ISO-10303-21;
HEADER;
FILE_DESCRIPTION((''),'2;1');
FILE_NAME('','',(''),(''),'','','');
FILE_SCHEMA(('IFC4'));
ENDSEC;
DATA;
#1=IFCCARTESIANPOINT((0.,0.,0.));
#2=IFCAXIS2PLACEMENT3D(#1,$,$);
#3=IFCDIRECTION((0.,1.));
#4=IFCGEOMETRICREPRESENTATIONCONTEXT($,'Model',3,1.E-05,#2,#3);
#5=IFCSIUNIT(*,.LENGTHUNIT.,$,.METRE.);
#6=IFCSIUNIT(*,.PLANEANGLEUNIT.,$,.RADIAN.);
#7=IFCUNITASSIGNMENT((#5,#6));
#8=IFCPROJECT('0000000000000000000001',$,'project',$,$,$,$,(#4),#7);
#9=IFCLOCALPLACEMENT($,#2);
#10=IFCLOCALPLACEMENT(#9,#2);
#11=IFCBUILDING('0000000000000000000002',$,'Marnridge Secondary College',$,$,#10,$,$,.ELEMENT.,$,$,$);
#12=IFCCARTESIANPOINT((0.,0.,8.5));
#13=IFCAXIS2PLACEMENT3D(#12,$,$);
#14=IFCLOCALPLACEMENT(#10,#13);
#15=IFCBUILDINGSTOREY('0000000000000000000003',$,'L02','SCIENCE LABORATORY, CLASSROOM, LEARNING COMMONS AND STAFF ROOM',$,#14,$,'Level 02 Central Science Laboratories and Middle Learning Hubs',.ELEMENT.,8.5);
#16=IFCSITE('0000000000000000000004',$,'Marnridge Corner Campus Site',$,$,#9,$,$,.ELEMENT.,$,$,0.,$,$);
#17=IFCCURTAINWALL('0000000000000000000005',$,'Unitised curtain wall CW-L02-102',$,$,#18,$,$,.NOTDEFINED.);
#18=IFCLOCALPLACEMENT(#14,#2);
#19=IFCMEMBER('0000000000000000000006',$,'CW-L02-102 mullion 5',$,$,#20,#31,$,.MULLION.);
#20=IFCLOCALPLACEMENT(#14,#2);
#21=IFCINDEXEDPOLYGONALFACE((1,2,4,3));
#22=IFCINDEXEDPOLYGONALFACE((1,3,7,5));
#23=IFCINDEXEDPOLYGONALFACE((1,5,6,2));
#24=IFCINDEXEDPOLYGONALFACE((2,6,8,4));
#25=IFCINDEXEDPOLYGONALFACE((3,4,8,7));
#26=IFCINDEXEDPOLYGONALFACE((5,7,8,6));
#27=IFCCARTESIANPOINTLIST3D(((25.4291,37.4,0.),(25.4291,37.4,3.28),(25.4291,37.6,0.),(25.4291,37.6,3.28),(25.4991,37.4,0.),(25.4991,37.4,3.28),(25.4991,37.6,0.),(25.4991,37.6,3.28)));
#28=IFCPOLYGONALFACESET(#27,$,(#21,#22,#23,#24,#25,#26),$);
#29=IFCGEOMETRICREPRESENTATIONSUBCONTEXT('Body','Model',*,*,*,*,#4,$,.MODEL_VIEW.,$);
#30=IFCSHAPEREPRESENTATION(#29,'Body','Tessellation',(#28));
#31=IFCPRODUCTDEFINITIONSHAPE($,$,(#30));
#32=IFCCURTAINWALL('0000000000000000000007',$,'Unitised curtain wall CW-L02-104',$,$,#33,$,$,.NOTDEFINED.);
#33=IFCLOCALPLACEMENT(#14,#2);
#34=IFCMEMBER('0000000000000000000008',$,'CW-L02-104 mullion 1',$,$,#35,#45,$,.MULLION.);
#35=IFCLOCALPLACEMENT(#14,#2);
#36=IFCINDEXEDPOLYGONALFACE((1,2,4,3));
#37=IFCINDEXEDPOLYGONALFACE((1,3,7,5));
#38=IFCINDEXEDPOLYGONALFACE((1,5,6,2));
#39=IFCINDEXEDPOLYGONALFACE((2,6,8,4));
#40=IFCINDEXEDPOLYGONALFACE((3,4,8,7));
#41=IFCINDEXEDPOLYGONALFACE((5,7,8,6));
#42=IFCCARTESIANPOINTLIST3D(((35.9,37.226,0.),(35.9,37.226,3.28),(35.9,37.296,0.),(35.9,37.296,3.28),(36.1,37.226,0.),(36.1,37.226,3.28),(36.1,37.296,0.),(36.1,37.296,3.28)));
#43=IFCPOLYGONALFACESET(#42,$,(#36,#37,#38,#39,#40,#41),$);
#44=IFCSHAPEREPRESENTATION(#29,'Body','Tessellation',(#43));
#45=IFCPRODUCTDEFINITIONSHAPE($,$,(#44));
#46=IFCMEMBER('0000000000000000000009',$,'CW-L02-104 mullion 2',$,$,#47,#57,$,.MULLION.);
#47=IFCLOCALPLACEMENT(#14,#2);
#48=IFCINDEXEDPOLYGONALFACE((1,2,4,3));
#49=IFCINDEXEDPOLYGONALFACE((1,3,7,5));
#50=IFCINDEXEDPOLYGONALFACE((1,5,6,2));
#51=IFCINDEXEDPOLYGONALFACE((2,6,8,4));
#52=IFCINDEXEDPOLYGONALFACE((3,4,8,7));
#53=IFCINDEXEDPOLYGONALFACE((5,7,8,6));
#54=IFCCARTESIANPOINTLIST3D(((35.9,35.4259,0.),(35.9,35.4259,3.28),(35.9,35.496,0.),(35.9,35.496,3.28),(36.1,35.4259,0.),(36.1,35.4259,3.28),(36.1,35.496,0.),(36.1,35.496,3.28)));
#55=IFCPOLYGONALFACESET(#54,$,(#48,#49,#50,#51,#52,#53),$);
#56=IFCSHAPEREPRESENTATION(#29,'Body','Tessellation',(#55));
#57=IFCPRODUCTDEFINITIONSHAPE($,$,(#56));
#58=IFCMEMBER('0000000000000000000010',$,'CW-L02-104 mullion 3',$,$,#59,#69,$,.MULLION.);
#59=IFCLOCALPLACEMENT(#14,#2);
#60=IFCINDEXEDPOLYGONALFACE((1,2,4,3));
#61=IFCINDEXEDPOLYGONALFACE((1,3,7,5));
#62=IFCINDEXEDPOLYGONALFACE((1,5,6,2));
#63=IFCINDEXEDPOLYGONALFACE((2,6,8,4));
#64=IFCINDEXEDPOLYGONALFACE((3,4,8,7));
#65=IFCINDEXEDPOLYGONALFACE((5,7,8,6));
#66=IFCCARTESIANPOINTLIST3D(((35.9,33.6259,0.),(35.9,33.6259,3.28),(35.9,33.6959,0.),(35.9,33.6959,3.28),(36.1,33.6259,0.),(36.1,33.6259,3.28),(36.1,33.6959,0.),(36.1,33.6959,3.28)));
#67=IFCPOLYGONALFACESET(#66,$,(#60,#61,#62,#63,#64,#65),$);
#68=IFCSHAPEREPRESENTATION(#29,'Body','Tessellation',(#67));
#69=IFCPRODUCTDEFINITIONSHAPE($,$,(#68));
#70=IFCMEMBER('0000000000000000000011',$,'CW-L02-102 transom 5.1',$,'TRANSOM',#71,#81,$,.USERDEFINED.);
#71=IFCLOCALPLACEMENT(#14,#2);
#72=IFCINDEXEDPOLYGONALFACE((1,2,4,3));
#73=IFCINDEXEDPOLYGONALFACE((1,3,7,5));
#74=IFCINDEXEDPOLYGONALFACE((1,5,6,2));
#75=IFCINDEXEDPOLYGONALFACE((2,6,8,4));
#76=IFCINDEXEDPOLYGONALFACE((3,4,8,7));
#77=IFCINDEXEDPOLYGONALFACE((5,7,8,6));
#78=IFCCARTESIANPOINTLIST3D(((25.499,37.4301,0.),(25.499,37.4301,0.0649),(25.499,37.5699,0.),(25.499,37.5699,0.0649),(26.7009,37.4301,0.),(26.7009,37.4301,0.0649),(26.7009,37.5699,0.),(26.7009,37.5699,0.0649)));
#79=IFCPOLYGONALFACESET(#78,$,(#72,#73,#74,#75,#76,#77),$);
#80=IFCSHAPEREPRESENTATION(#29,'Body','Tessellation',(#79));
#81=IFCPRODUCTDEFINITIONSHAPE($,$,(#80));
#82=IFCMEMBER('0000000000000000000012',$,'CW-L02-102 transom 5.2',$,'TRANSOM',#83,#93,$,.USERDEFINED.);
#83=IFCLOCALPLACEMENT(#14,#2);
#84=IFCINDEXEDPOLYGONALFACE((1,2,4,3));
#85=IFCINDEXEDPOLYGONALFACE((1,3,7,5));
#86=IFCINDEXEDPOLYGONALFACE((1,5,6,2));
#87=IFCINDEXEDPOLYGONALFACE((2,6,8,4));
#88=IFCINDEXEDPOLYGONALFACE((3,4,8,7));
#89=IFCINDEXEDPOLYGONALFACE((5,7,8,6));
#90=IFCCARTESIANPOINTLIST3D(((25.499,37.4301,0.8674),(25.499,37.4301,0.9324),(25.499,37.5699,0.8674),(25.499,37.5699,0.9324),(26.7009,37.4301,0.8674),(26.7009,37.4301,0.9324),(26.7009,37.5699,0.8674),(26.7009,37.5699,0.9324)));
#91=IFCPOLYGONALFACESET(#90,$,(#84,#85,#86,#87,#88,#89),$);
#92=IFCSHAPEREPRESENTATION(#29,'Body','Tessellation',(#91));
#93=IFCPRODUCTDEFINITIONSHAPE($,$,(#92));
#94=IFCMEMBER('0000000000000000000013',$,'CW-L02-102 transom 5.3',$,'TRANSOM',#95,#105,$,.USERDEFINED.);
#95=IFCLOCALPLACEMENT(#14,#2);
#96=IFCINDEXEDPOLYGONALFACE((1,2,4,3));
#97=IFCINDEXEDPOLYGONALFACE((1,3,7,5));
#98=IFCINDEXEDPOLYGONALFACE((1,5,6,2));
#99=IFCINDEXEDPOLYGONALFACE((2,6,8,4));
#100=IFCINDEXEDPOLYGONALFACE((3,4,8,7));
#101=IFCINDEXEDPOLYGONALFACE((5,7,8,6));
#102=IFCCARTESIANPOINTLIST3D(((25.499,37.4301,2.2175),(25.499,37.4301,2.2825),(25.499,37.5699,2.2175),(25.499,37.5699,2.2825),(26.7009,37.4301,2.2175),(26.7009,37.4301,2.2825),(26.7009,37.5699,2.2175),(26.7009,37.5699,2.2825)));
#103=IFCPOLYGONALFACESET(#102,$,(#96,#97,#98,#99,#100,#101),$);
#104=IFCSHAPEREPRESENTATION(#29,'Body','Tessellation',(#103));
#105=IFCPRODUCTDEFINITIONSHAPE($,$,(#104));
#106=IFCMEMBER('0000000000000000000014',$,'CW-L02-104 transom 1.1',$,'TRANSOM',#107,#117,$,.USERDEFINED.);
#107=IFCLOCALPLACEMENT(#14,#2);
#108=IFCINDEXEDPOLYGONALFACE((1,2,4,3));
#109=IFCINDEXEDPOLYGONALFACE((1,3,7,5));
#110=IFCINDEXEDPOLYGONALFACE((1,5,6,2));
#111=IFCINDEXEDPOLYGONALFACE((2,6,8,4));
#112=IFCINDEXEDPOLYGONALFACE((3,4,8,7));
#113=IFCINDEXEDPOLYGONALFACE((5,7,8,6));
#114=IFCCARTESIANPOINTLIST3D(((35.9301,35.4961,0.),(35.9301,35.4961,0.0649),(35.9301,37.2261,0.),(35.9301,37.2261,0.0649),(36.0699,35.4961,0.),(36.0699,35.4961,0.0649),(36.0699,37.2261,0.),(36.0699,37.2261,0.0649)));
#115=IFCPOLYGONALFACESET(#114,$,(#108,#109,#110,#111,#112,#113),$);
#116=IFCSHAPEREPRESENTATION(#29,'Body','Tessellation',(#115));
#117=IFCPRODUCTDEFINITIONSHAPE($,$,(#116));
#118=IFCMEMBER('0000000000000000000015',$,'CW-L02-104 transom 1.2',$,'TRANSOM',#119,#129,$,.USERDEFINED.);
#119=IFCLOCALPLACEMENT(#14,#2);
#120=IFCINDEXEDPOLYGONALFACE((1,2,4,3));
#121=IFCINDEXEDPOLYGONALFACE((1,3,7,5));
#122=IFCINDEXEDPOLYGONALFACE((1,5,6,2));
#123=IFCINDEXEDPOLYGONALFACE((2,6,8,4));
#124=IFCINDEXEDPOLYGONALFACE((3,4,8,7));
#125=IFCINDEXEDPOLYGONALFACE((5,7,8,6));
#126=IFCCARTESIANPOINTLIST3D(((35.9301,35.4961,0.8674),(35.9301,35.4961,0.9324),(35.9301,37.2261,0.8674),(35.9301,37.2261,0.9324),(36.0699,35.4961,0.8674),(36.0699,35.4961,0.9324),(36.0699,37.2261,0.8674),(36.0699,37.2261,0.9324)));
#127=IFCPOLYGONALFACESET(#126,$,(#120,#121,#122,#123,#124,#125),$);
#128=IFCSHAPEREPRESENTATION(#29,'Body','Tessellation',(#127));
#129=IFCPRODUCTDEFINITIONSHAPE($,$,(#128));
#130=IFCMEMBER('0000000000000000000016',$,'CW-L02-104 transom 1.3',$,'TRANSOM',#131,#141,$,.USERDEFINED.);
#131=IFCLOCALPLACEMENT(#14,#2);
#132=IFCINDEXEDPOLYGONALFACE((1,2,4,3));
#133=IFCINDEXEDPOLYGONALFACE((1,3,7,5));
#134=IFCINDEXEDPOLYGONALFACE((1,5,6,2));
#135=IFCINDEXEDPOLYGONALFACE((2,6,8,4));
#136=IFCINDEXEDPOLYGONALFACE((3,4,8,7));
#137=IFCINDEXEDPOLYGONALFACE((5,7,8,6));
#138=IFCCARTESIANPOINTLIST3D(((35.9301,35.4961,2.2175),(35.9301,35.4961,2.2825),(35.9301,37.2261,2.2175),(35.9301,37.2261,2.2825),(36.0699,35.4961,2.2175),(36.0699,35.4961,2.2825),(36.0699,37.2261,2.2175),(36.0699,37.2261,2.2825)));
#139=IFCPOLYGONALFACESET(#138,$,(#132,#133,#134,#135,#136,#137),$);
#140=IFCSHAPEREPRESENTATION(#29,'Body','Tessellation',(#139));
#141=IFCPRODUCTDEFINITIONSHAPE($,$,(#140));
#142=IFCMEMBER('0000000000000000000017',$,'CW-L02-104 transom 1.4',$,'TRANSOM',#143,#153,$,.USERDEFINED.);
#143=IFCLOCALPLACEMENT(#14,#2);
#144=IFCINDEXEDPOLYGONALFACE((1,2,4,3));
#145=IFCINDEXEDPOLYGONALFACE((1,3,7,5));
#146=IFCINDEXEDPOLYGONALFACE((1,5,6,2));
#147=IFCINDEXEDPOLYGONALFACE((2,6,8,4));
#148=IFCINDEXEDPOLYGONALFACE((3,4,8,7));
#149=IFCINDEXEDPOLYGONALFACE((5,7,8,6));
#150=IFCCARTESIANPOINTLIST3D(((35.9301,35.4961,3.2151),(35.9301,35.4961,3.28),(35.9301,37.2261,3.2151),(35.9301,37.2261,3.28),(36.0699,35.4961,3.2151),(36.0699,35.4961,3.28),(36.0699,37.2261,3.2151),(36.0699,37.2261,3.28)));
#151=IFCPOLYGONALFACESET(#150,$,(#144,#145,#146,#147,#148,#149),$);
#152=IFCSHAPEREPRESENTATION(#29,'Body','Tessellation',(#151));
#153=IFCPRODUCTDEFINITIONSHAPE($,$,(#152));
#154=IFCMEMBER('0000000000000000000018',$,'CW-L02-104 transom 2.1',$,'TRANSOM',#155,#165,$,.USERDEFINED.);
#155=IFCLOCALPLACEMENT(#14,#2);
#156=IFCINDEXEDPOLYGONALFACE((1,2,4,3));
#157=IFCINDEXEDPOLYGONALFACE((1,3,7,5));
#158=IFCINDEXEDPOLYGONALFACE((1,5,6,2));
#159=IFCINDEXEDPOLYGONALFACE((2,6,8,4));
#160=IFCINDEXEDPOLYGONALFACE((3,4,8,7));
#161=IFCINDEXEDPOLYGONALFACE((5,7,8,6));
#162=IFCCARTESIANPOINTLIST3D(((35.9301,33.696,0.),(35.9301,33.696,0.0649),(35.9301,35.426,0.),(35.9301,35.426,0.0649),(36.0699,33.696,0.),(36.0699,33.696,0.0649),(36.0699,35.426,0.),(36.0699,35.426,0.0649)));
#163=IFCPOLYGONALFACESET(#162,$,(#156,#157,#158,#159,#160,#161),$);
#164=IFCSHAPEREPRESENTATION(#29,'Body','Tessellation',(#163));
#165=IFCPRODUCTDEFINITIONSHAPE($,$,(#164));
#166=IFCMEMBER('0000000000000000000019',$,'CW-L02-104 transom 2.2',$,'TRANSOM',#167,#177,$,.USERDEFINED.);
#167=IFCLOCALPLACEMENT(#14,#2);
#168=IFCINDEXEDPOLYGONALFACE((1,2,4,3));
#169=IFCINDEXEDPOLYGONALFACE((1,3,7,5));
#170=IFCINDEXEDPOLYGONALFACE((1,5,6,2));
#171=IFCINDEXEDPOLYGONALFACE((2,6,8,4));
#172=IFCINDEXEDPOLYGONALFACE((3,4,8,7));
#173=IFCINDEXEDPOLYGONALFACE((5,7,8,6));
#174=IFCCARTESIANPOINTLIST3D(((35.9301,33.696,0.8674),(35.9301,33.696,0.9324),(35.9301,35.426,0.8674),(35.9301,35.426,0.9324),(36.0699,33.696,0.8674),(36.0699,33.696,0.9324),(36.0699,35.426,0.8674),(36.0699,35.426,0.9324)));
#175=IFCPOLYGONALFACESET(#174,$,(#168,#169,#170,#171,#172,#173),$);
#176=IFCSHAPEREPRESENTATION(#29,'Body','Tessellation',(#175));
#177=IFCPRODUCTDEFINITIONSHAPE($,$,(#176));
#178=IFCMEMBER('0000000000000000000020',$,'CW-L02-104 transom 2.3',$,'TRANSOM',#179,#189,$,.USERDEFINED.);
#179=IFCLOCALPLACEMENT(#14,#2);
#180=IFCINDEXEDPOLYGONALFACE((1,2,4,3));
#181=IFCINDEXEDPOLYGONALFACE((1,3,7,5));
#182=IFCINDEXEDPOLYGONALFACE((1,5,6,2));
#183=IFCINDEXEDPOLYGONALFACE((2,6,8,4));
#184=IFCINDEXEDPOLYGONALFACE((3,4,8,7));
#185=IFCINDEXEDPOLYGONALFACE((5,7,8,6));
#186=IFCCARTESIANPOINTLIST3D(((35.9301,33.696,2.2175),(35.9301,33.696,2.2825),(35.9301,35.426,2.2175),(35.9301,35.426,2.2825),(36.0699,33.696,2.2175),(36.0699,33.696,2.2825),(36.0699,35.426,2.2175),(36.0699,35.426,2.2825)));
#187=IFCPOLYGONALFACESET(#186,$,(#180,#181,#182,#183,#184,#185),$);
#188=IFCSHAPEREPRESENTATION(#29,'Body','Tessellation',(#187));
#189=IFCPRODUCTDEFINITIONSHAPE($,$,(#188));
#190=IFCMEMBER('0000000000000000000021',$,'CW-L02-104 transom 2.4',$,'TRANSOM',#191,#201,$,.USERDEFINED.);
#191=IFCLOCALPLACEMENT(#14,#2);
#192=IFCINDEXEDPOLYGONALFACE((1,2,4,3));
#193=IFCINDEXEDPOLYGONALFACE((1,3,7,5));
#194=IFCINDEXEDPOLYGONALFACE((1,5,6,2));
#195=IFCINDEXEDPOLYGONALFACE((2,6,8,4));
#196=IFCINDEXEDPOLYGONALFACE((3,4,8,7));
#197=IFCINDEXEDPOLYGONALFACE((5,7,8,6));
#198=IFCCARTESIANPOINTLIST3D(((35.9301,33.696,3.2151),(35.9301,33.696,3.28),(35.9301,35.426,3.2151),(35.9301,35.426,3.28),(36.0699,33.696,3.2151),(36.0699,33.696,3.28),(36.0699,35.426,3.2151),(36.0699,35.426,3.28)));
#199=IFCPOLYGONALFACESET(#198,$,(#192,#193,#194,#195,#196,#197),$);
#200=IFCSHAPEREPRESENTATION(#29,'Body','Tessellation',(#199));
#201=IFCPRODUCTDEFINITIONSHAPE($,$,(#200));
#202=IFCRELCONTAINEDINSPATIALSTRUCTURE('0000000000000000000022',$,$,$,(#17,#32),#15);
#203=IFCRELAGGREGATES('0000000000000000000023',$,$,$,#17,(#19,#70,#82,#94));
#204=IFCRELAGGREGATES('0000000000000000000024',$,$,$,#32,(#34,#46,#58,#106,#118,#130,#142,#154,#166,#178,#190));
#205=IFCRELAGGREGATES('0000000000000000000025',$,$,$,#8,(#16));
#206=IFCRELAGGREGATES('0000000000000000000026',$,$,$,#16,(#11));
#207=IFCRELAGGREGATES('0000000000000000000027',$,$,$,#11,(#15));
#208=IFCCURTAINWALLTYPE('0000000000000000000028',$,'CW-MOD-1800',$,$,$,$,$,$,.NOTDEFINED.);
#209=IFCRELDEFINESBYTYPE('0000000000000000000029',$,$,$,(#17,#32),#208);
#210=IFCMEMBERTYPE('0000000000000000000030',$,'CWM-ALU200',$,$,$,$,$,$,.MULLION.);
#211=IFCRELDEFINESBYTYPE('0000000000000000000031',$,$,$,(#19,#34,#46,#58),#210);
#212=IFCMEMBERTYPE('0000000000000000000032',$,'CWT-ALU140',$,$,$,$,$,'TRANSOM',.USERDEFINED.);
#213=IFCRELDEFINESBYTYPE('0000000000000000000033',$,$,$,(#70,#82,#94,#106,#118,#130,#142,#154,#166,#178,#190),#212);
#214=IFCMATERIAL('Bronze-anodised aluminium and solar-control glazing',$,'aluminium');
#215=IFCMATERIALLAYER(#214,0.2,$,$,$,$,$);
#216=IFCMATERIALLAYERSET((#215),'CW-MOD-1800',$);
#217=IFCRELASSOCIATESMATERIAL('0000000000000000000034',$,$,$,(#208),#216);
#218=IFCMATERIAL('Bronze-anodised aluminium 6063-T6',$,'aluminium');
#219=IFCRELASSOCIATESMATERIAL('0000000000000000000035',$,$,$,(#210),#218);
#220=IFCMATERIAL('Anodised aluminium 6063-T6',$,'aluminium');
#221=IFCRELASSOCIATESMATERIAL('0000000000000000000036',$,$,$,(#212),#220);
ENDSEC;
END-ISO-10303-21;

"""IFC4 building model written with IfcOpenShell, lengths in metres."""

from ifc_helpers import new_model, si_unit, direction, frame, origin, origin_2d, place, context, subcontext, project, spatial, rectangle, extrude, material, layer, layer_set, material_profile, profile_set, type_object, element, aggregate, save


model = new_model("IFC4")

# Units and contexts
model_context = context("Model", 3, precision=1e-05, world=origin(), true_north=direction((0.0, 1.0)))
body_context = subcontext(model_context, "Body", "Model", "MODEL_VIEW")
ifc_project = project(units=[si_unit("LENGTHUNIT", "METRE"), si_unit("PLANEANGLEUNIT", "RADIAN")], contexts=[model_context])

# Site, building, storey
site_placement = place(None, origin())
site = spatial("IfcSite", under=ifc_project, at=site_placement, Name="Marnridge Corner Campus Site", CompositionType="ELEMENT", RefElevation=0.0)
building_placement = place(site_placement, origin())
building = spatial("IfcBuilding", under=site, at=building_placement, Name="Marnridge Secondary College", CompositionType="ELEMENT")
storey_placement = place(building_placement, frame((0.0, 0.0, 8.5)))
storey = spatial("IfcBuildingStorey", under=building, at=storey_placement, Name="L02", Description="SCIENCE LABORATORY, CLASSROOM, LEARNING COMMONS AND STAFF ROOM", LongName="Level 02 Central Science Laboratories and Middle Learning Hubs", CompositionType="ELEMENT", Elevation=8.5)

# Curtain wall, member
ifc_material_1 = material(Name="Bronze-anodised aluminium and solar-control glazing", Category="aluminium")
ifc_layer_1 = layer(ifc_material_1, 0.2)
ifc_layer_set_1 = layer_set([ifc_layer_1], Name="CW-MOD-1800")
curtain_wall_type = type_object("IfcCurtainWallType", Name="CW-MOD-1800", PredefinedType="NOTDEFINED", material=ifc_layer_set_1)
curtain_wall_1_placement = place(storey_placement, origin())
curtain_wall_1 = element("IfcCurtainWall", 1, at=curtain_wall_1_placement, inside=storey, type_object=curtain_wall_type, Name="Unitised curtain wall CW-L02-102", PredefinedType="NOTDEFINED")
ifc_material_2 = material(Name="Bronze-anodised aluminium 6063-T6", Category="aluminium")
ifc_material_profile_1 = material_profile(ifc_material_2, rectangle(XDim=0.0701, YDim=0.2, at=origin_2d()), Name="ALU 70x200")
ifc_profile_set_1 = profile_set([ifc_material_profile_1], Name="Bronze-anodised aluminium 6063-T6")
member_type_1 = type_object("IfcMemberType", Name="CWM-ALU200", PredefinedType="MULLION", material=ifc_profile_set_1)
member_1_placement = place(storey_placement, frame((25.4641, 37.5, 0.0), z_axis=(0.0, 0.0, 1.0), x_axis=(1.0, 0.0, 0.0)))
member_1 = element("IfcMember", 2, at=member_1_placement, type_object=member_type_1, Name="CW-L02-102 mullion 5", PredefinedType="MULLION", context=body_context, shape_type="SweptSolid", body=[
    extrude(rectangle(XDim=0.0701, YDim=0.2, at=origin_2d()), origin(), (0.0, 0.0, 1.0), 3.28),
])

# Curtain wall, members
curtain_wall_2_placement = place(storey_placement, origin())
curtain_wall_2 = element("IfcCurtainWall", 3, at=curtain_wall_2_placement, inside=storey, type_object=curtain_wall_type, Name="Unitised curtain wall CW-L02-104", PredefinedType="NOTDEFINED")
member_2_placement = place(storey_placement, frame((36.0, 37.261, 0.0), z_axis=(0.0, 0.0, 1.0), x_axis=(0.0, -1.0, 0.0)))
member_2 = element("IfcMember", 4, at=member_2_placement, type_object=member_type_1, Name="CW-L02-104 mullion 1", PredefinedType="MULLION", context=body_context, shape_type="SweptSolid", body=[
    extrude(rectangle(XDim=0.0701, YDim=0.2, at=origin_2d()), origin(), (0.0, 0.0, 1.0), 3.28),
])
member_3_placement = place(storey_placement, frame((36.0, 35.4609, 0.0), z_axis=(0.0, 0.0, 1.0), x_axis=(0.0, -1.0, 0.0)))
member_3 = element("IfcMember", 5, at=member_3_placement, type_object=member_type_1, Name="CW-L02-104 mullion 2", PredefinedType="MULLION", context=body_context, shape_type="SweptSolid", body=[
    extrude(rectangle(XDim=0.0701, YDim=0.2, at=origin_2d()), origin(), (0.0, 0.0, 1.0), 3.28),
])
member_4_placement = place(storey_placement, frame((36.0, 33.6609, 0.0), z_axis=(0.0, 0.0, 1.0), x_axis=(0.0, -1.0, 0.0)))
member_4 = element("IfcMember", 6, at=member_4_placement, type_object=member_type_1, Name="CW-L02-104 mullion 3", PredefinedType="MULLION", context=body_context, shape_type="SweptSolid", body=[
    extrude(rectangle(XDim=0.0701, YDim=0.2, at=origin_2d()), origin(), (0.0, 0.0, 1.0), 3.28),
])

# Members
ifc_material_3 = material(Name="Anodised aluminium 6063-T6", Category="aluminium")
ifc_material_profile_2 = material_profile(ifc_material_3, rectangle(XDim=0.0649, YDim=0.1399, at=origin_2d()), Name="ALU 65x140")
ifc_profile_set_2 = profile_set([ifc_material_profile_2], Name="Anodised aluminium 6063-T6")
member_type_2 = type_object("IfcMemberType", Name="CWT-ALU140", ElementType="TRANSOM", PredefinedType="USERDEFINED", material=ifc_profile_set_2)
member_5_placement = place(storey_placement, frame((25.499, 37.5, 0.0325), z_axis=(1.0, 0.0, 0.0), x_axis=(0.0, 0.0, 1.0)))
member_5 = element("IfcMember", 7, at=member_5_placement, type_object=member_type_2, Name="CW-L02-102 transom 5.1", ObjectType="TRANSOM", PredefinedType="USERDEFINED", context=body_context, shape_type="SweptSolid", body=[
    extrude(rectangle(XDim=0.0649, YDim=0.1399, at=origin_2d()), origin(), (0.0, 0.0, 1.0), 1.2019),
])
member_6_placement = place(storey_placement, frame((25.499, 37.5, 0.8999), z_axis=(1.0, 0.0, 0.0), x_axis=(0.0, 0.0, 1.0)))
member_6 = element("IfcMember", 8, at=member_6_placement, type_object=member_type_2, Name="CW-L02-102 transom 5.2", ObjectType="TRANSOM", PredefinedType="USERDEFINED", context=body_context, shape_type="SweptSolid", body=[
    extrude(rectangle(XDim=0.0649, YDim=0.1399, at=origin_2d()), origin(), (0.0, 0.0, 1.0), 1.2019),
])
member_7_placement = place(storey_placement, frame((25.499, 37.5, 2.25), z_axis=(1.0, 0.0, 0.0), x_axis=(0.0, 0.0, 1.0)))
member_7 = element("IfcMember", 9, at=member_7_placement, type_object=member_type_2, Name="CW-L02-102 transom 5.3", ObjectType="TRANSOM", PredefinedType="USERDEFINED", context=body_context, shape_type="SweptSolid", body=[
    extrude(rectangle(XDim=0.0649, YDim=0.1399, at=origin_2d()), origin(), (0.0, 0.0, 1.0), 1.2019),
])
member_8_placement = place(storey_placement, frame((36.0, 37.2261, 0.0325), z_axis=(0.0, -1.0, 0.0), x_axis=(0.0, 0.0, 1.0)))
member_8 = element("IfcMember", 10, at=member_8_placement, type_object=member_type_2, Name="CW-L02-104 transom 1.1", ObjectType="TRANSOM", PredefinedType="USERDEFINED", context=body_context, shape_type="SweptSolid", body=[
    extrude(rectangle(XDim=0.0649, YDim=0.1399, at=origin_2d()), origin(), (0.0, 0.0, 1.0), 1.73),
])
member_9_placement = place(storey_placement, frame((36.0, 37.2261, 0.8999), z_axis=(0.0, -1.0, 0.0), x_axis=(0.0, 0.0, 1.0)))
member_9 = element("IfcMember", 11, at=member_9_placement, type_object=member_type_2, Name="CW-L02-104 transom 1.2", ObjectType="TRANSOM", PredefinedType="USERDEFINED", context=body_context, shape_type="SweptSolid", body=[
    extrude(rectangle(XDim=0.0649, YDim=0.1399, at=origin_2d()), origin(), (0.0, 0.0, 1.0), 1.73),
])
member_10_placement = place(storey_placement, frame((36.0, 37.2261, 2.25), z_axis=(0.0, -1.0, 0.0), x_axis=(0.0, 0.0, 1.0)))
member_10 = element("IfcMember", 12, at=member_10_placement, type_object=member_type_2, Name="CW-L02-104 transom 1.3", ObjectType="TRANSOM", PredefinedType="USERDEFINED", context=body_context, shape_type="SweptSolid", body=[
    extrude(rectangle(XDim=0.0649, YDim=0.1399, at=origin_2d()), origin(), (0.0, 0.0, 1.0), 1.73),
])
member_11_placement = place(storey_placement, frame((36.0, 37.2261, 3.2476), z_axis=(0.0, -1.0, 0.0), x_axis=(0.0, 0.0, 1.0)))
member_11 = element("IfcMember", 13, at=member_11_placement, type_object=member_type_2, Name="CW-L02-104 transom 1.4", ObjectType="TRANSOM", PredefinedType="USERDEFINED", context=body_context, shape_type="SweptSolid", body=[
    extrude(rectangle(XDim=0.0649, YDim=0.1399, at=origin_2d()), origin(), (0.0, 0.0, 1.0), 1.73),
])
member_12_placement = place(storey_placement, frame((36.0, 35.426, 0.0325), z_axis=(0.0, -1.0, 0.0), x_axis=(0.0, 0.0, 1.0)))
member_12 = element("IfcMember", 14, at=member_12_placement, type_object=member_type_2, Name="CW-L02-104 transom 2.1", ObjectType="TRANSOM", PredefinedType="USERDEFINED", context=body_context, shape_type="SweptSolid", body=[
    extrude(rectangle(XDim=0.0649, YDim=0.1399, at=origin_2d()), origin(), (0.0, 0.0, 1.0), 1.73),
])
member_13_placement = place(storey_placement, frame((36.0, 35.426, 0.8999), z_axis=(0.0, -1.0, 0.0), x_axis=(0.0, 0.0, 1.0)))
member_13 = element("IfcMember", 15, at=member_13_placement, type_object=member_type_2, Name="CW-L02-104 transom 2.2", ObjectType="TRANSOM", PredefinedType="USERDEFINED", context=body_context, shape_type="SweptSolid", body=[
    extrude(rectangle(XDim=0.0649, YDim=0.1399, at=origin_2d()), origin(), (0.0, 0.0, 1.0), 1.73),
])
member_14_placement = place(storey_placement, frame((36.0, 35.426, 2.25), z_axis=(0.0, -1.0, 0.0), x_axis=(0.0, 0.0, 1.0)))
member_14 = element("IfcMember", 16, at=member_14_placement, type_object=member_type_2, Name="CW-L02-104 transom 2.3", ObjectType="TRANSOM", PredefinedType="USERDEFINED", context=body_context, shape_type="SweptSolid", body=[
    extrude(rectangle(XDim=0.0649, YDim=0.1399, at=origin_2d()), origin(), (0.0, 0.0, 1.0), 1.73),
])
member_15_placement = place(storey_placement, frame((36.0, 35.426, 3.2476), z_axis=(0.0, -1.0, 0.0), x_axis=(0.0, 0.0, 1.0)))
member_15 = element("IfcMember", 17, at=member_15_placement, type_object=member_type_2, Name="CW-L02-104 transom 2.4", ObjectType="TRANSOM", PredefinedType="USERDEFINED", context=body_context, shape_type="SweptSolid", body=[
    extrude(rectangle(XDim=0.0649, YDim=0.1399, at=origin_2d()), origin(), (0.0, 0.0, 1.0), 1.73),
])

aggregate(curtain_wall_1, [member_1, member_5, member_6, member_7])
aggregate(curtain_wall_2, [member_2, member_3, member_4, member_8, member_9, member_10, member_11, member_12, member_13, member_14, member_15])

save(model, "model.ifc")
